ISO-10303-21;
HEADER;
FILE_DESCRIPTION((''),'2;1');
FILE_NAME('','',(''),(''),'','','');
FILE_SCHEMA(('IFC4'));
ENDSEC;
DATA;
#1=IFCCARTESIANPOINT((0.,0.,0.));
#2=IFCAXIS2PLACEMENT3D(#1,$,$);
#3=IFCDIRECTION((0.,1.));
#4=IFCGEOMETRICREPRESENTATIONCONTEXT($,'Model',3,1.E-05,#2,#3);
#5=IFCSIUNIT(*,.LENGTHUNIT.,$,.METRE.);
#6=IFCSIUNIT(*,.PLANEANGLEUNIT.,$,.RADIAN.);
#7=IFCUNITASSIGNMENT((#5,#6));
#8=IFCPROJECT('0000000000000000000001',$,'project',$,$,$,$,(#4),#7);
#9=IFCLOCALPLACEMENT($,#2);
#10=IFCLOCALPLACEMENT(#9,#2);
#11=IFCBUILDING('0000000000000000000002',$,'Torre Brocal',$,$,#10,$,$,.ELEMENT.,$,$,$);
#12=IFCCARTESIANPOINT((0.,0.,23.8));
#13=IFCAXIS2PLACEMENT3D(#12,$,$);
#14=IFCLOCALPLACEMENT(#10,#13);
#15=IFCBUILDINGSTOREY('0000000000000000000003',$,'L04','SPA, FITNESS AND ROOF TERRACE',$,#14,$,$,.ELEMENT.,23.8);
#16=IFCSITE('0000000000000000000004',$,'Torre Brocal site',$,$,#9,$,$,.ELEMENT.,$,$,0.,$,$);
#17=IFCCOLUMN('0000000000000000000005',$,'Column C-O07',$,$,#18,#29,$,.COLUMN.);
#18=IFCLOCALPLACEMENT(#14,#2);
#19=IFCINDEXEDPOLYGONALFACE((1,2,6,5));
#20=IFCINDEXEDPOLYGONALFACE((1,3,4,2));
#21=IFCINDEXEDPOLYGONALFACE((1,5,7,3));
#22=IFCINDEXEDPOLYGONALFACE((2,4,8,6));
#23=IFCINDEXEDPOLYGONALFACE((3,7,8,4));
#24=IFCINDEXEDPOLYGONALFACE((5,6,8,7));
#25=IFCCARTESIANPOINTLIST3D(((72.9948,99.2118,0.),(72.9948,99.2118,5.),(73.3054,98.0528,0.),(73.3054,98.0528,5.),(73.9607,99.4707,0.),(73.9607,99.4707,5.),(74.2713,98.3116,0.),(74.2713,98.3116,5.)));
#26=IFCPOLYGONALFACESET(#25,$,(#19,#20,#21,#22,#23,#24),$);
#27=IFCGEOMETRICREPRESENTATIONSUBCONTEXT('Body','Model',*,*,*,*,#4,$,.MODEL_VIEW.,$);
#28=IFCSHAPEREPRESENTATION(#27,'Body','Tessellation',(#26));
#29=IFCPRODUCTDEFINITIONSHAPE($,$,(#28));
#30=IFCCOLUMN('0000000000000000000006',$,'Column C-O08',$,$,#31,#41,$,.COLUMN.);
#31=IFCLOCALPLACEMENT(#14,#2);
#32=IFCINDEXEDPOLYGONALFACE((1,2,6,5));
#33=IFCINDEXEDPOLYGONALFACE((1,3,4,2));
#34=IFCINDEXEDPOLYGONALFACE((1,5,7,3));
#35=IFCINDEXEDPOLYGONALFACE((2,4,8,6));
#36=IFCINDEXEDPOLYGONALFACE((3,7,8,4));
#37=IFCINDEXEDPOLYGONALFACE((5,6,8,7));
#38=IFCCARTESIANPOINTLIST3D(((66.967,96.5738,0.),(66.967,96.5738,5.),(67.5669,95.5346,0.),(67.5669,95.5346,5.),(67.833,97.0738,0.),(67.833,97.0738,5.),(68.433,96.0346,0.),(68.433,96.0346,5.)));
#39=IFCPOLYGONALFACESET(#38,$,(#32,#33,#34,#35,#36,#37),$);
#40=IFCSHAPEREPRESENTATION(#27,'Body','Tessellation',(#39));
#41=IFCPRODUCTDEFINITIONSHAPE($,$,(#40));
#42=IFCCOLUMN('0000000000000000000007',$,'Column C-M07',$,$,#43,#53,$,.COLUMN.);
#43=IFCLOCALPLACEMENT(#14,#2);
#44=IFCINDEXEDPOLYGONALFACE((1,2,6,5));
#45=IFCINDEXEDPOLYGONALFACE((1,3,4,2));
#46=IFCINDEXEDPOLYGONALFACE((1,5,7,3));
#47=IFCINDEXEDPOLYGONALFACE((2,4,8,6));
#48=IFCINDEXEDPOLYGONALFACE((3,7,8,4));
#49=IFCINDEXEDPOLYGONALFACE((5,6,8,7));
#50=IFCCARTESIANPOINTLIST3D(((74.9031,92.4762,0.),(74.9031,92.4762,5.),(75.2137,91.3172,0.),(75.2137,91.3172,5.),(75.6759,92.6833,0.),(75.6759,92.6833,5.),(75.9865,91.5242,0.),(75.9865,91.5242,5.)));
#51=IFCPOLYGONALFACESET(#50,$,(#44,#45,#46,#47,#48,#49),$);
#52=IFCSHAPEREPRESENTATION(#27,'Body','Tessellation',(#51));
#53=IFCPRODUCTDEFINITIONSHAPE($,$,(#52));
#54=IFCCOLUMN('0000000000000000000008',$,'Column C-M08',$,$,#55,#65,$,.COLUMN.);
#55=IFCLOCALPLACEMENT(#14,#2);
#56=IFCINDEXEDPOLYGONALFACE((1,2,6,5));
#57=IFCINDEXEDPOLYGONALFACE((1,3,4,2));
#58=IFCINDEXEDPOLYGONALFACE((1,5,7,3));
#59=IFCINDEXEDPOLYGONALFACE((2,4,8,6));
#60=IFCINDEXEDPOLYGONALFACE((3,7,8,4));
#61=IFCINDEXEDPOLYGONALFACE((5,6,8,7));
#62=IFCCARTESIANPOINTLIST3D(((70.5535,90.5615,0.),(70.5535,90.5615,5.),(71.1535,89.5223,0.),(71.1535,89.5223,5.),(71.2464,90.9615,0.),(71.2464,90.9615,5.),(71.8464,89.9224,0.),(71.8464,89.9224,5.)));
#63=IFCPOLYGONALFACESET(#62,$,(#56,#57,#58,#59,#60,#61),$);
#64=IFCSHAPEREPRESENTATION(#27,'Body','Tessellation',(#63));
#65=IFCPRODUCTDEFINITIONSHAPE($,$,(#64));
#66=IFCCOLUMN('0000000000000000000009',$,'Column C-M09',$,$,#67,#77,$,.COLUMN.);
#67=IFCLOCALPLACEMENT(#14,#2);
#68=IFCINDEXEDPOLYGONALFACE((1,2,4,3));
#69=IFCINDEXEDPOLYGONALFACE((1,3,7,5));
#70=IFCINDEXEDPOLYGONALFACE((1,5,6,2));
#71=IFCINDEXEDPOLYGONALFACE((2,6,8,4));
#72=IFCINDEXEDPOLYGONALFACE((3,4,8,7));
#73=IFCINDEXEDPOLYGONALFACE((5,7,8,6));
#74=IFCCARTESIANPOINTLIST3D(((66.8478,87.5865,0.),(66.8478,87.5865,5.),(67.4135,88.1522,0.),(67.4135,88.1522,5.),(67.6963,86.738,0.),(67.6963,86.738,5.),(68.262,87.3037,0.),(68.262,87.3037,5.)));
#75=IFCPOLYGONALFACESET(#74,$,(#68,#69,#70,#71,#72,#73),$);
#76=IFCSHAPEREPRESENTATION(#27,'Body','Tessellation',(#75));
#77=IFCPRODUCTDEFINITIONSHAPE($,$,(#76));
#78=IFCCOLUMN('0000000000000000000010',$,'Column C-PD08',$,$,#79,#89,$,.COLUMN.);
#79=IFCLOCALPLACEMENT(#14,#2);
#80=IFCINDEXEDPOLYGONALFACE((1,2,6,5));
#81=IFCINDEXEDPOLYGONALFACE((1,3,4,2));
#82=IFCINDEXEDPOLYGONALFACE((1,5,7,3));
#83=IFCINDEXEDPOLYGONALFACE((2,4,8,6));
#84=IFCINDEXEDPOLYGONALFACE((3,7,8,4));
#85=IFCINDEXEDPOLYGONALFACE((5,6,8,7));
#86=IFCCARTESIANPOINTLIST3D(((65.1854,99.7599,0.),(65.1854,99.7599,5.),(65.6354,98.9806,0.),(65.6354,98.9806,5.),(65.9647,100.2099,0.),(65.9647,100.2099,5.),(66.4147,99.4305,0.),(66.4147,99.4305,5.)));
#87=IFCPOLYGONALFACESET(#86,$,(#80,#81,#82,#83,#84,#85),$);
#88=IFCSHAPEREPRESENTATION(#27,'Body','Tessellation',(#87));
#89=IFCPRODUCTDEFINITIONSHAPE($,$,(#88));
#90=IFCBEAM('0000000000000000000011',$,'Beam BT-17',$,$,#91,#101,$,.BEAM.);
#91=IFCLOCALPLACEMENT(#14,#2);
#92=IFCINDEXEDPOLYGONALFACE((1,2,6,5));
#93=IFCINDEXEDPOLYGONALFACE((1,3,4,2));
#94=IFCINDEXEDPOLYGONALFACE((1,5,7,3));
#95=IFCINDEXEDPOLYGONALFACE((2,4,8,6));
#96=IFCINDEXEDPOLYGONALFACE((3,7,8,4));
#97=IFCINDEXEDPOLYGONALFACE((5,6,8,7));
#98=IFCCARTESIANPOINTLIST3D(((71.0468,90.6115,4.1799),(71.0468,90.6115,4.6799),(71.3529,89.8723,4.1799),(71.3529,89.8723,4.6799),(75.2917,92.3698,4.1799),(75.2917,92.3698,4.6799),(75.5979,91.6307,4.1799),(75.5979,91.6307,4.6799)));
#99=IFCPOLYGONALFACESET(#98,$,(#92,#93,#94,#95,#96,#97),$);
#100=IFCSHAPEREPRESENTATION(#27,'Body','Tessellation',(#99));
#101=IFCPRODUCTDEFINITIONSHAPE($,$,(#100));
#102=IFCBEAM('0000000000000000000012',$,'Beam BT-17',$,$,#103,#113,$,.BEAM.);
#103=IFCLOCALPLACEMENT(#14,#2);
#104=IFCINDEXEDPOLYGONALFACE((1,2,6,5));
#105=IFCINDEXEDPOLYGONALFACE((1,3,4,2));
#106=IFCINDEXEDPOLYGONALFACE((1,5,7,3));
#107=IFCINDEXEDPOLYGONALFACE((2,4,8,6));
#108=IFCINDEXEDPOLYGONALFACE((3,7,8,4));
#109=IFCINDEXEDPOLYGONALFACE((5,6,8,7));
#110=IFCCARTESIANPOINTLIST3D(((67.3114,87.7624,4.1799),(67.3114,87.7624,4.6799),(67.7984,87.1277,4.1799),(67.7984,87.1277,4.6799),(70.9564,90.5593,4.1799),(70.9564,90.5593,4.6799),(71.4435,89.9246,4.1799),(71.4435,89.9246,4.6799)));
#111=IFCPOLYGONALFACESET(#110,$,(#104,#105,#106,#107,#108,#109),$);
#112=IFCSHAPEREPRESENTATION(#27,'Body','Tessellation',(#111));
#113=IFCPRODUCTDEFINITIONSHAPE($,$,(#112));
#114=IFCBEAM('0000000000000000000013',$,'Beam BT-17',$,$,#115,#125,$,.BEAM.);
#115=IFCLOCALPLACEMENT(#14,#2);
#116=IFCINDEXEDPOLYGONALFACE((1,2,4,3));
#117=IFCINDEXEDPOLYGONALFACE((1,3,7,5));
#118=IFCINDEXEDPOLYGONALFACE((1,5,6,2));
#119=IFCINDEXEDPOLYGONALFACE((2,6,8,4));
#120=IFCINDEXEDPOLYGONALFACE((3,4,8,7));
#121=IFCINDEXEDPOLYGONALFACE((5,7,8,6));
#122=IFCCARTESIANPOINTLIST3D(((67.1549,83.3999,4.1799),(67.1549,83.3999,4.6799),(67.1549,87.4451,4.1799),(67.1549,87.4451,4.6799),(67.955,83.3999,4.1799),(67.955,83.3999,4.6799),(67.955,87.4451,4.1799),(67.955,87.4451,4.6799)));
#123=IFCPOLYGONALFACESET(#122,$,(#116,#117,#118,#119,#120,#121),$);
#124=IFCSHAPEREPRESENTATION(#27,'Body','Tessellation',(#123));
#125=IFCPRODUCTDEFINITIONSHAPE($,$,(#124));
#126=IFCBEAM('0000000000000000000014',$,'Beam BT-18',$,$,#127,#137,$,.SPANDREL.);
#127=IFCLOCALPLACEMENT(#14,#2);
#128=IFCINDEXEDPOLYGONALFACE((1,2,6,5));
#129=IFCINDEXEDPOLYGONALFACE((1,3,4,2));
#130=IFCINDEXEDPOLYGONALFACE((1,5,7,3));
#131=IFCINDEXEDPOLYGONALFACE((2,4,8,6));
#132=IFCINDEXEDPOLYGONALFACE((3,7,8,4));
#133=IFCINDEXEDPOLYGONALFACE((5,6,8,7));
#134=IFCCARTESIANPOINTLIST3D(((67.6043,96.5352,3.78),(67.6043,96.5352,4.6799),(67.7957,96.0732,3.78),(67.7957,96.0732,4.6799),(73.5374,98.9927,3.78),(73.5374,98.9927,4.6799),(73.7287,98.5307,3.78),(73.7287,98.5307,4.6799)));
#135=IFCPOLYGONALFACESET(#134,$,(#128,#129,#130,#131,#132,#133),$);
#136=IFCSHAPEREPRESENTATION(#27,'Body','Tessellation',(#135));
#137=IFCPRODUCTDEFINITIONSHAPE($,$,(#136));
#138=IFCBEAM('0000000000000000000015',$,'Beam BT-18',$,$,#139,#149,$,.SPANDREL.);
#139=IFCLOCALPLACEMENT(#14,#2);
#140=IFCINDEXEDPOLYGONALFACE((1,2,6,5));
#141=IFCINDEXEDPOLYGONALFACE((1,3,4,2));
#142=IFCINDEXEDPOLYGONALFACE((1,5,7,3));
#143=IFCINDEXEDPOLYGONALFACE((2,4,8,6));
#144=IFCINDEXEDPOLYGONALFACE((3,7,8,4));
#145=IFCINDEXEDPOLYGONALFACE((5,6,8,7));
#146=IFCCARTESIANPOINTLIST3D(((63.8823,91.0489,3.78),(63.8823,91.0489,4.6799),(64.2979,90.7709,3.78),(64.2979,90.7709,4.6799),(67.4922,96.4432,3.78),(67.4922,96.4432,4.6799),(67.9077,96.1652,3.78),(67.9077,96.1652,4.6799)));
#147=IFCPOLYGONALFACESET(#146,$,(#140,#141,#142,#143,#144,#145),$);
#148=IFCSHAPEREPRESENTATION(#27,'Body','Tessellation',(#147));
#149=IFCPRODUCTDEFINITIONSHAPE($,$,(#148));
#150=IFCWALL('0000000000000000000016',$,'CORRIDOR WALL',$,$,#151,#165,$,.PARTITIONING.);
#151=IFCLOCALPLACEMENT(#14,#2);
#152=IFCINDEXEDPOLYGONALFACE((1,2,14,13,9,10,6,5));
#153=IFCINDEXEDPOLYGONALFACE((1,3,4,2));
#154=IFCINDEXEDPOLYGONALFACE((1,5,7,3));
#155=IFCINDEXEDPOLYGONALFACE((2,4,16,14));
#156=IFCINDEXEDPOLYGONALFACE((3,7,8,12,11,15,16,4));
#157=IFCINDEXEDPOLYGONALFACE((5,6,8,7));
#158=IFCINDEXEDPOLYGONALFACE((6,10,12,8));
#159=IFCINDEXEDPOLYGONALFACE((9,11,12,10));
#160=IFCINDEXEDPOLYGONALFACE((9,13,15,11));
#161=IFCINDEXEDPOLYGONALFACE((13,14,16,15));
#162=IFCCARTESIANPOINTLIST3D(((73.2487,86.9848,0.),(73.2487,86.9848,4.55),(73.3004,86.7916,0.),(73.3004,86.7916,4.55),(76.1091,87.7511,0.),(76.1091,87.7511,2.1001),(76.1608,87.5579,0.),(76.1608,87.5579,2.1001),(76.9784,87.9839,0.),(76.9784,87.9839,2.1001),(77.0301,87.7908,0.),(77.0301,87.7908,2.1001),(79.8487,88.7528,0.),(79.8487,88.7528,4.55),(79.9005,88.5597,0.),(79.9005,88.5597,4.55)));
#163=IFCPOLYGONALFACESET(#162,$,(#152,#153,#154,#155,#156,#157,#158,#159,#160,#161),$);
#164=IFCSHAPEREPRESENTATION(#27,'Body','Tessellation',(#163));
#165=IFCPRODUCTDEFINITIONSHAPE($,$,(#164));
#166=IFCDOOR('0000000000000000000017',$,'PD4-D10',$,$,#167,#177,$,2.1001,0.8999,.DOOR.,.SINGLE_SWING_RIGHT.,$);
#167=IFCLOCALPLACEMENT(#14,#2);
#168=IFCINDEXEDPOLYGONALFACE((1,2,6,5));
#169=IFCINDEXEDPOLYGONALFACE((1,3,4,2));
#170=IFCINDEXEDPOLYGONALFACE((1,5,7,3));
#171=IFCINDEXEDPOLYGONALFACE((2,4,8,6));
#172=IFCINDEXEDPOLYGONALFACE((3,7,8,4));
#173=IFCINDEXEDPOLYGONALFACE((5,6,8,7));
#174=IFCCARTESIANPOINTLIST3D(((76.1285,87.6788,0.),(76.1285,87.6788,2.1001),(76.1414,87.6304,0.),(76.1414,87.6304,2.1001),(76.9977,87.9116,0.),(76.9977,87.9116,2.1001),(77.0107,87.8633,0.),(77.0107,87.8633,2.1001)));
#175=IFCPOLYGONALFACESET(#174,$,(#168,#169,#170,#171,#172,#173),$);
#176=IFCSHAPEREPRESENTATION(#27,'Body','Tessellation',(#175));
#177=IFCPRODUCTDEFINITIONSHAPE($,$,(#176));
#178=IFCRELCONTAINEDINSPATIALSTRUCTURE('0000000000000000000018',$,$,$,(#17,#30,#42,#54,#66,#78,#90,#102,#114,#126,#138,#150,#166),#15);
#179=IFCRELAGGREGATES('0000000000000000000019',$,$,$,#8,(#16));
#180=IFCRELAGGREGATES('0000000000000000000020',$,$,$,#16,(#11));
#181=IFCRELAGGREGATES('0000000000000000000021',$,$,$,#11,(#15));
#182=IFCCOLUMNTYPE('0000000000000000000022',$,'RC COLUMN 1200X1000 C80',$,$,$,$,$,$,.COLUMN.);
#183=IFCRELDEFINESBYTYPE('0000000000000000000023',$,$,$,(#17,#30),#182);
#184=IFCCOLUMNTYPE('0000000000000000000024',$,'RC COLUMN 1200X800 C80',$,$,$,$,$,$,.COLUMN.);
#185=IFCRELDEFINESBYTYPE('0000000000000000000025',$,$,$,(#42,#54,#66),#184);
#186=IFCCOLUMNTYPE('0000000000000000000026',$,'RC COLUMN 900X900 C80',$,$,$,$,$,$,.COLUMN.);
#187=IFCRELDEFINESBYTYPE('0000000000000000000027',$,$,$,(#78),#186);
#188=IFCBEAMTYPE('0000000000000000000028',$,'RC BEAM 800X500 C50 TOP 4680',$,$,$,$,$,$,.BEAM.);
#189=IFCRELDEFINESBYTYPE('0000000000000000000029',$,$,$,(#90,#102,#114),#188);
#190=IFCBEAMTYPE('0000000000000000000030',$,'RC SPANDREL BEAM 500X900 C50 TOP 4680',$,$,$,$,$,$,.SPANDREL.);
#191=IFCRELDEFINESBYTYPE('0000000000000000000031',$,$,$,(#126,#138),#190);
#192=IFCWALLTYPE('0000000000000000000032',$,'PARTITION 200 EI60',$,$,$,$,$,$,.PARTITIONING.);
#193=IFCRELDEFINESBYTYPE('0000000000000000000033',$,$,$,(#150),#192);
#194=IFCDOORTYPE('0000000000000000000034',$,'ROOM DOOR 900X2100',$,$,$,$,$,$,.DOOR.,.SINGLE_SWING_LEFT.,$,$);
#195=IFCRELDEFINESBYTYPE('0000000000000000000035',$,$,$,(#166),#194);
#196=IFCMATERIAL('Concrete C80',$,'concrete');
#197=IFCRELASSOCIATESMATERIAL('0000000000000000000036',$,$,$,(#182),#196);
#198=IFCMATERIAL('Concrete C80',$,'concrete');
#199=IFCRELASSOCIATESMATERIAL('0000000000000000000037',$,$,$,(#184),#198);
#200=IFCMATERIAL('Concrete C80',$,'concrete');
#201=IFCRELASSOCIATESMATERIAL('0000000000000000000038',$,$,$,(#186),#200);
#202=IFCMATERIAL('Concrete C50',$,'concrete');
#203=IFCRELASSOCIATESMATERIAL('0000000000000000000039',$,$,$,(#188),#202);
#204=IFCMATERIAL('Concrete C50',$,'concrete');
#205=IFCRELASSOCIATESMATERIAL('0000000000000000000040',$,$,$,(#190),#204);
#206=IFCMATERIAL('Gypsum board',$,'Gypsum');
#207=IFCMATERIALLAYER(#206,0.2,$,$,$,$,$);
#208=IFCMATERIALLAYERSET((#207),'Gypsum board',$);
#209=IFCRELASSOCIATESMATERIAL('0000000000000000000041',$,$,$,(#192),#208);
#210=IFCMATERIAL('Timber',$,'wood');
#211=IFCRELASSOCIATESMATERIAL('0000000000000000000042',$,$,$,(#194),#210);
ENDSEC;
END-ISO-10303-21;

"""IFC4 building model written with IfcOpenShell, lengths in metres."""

from ifc_helpers import new_model, si_unit, direction, frame, frame_2d, origin, origin_2d, place, context, subcontext, project, spatial, rectangle, extrude, material, layer, layer_set, material_profile, profile_set, type_object, element, fill, save


model = new_model("IFC4")

# Units and contexts
model_context = context("Model", 3, precision=1e-05, world=origin(), true_north=direction((0.0, 1.0)))
body_context = subcontext(model_context, "Body", "Model", "MODEL_VIEW")
ifc_project = project(units=[si_unit("LENGTHUNIT", "METRE"), si_unit("PLANEANGLEUNIT", "RADIAN")], contexts=[model_context])

# Site, building, storey
site_placement = place(None, origin())
site = spatial("IfcSite", under=ifc_project, at=site_placement, Name="Torre Brocal site", CompositionType="ELEMENT", RefElevation=0.0)
building_placement = place(site_placement, origin())
building = spatial("IfcBuilding", under=site, at=building_placement, Name="Torre Brocal", CompositionType="ELEMENT")
storey_placement = place(building_placement, frame((0.0, 0.0, 23.8)))
storey = spatial("IfcBuildingStorey", under=building, at=storey_placement, Name="L04", Description="SPA, FITNESS AND ROOF TERRACE", CompositionType="ELEMENT", Elevation=23.8)

# Columns
ifc_material_1 = material(Name="Concrete C80", Category="concrete")
ifc_material_profile_1 = material_profile(ifc_material_1, rectangle(XDim=1.2, YDim=1.0, at=origin_2d()), Name="RC 1200X1000")
ifc_profile_set_1 = profile_set([ifc_material_profile_1], Name="Concrete C80")
column_type_1 = type_object("IfcColumnType", Name="RC COLUMN 1200X1000 C80", PredefinedType="COLUMN", material=ifc_profile_set_1)
for number, where, z_axis, x_axis, name in (
    (1, (73.6331, 98.7617, 0.0), (0.0, 0.0, 1.0), (-0.258819, 0.965926, 0.0), "Column C-O07"),
    (2, (67.7, 96.3042, 0.0), (0.0, 0.0, 1.0), (-0.5, 0.866025, 0.0), "Column C-O08"),
):
    element("IfcColumn", number, at=place(storey_placement, frame(where, z_axis=z_axis, x_axis=x_axis)), inside=storey, type_object=column_type_1, Name=name, PredefinedType="COLUMN", context=body_context, shape_type="SweptSolid", body=[
        extrude(rectangle(XDim=1.2, YDim=1.0, at=origin_2d()), origin(), (0.0, 0.0, 1.0), 5.0),
    ])
ifc_material_2 = material(Name="Concrete C80", Category="concrete")
ifc_material_profile_2 = material_profile(ifc_material_2, rectangle(XDim=1.2, YDim=0.8, at=origin_2d()), Name="RC 1200X800")
ifc_profile_set_2 = profile_set([ifc_material_profile_2], Name="Concrete C80")
column_type_2 = type_object("IfcColumnType", Name="RC COLUMN 1200X800 C80", PredefinedType="COLUMN", material=ifc_profile_set_2)
for number, where, z_axis, x_axis, name in (
    (3, (75.4448, 92.0002, 0.0), (0.0, 0.0, 1.0), (-0.258819, 0.965926, 0.0), "Column C-M07"),
    (4, (71.2, 90.2419, 0.0), (0.0, 0.0, 1.0), (-0.5, 0.866025, 0.0), "Column C-M08"),
    (5, (67.5549, 87.4451, 0.0), (0.0, 0.0, 1.0), (-0.707107, 0.707107, 0.0), "Column C-M09"),
):
    element("IfcColumn", number, at=place(storey_placement, frame(where, z_axis=z_axis, x_axis=x_axis)), inside=storey, type_object=column_type_2, Name=name, PredefinedType="COLUMN", context=body_context, shape_type="SweptSolid", body=[
        extrude(rectangle(XDim=1.2, YDim=0.8, at=origin_2d()), origin(), (0.0, 0.0, 1.0), 5.0),
    ])
ifc_material_3 = material(Name="Concrete C80", Category="concrete")
ifc_material_profile_3 = material_profile(ifc_material_3, rectangle(XDim=0.8999, YDim=0.8999, at=origin_2d()), Name="RC 900X900")
ifc_profile_set_3 = profile_set([ifc_material_profile_3], Name="Concrete C80")
column_type_3 = type_object("IfcColumnType", Name="RC COLUMN 900X900 C80", PredefinedType="COLUMN", material=ifc_profile_set_3)
column_placement = place(storey_placement, frame((65.8, 99.5952, 0.0), z_axis=(0.0, 0.0, 1.0), x_axis=(-0.5, 0.866025, 0.0)))
element("IfcColumn", 6, at=column_placement, inside=storey, type_object=column_type_3, Name="Column C-PD08", PredefinedType="COLUMN", context=body_context, shape_type="SweptSolid", body=[
    extrude(rectangle(XDim=0.8999, YDim=0.8999, at=origin_2d()), origin(), (0.0, 0.0, 1.0), 5.0),
])

# Beams
ifc_material_4 = material(Name="Concrete C50", Category="concrete")
ifc_material_profile_4 = material_profile(ifc_material_4, rectangle(XDim=0.8, YDim=0.5, at=origin_2d()), Name="RC 800X500")
ifc_profile_set_4 = profile_set([ifc_material_profile_4], Name="Concrete C50")
beam_type_1 = type_object("IfcBeamType", Name="RC BEAM 800X500 C50 TOP 4680", PredefinedType="BEAM", material=ifc_profile_set_4)
beam_1_placement = place(storey_placement, frame((75.4448, 92.0002, 4.4299), z_axis=(-0.923878, -0.382687, 0.0), x_axis=(0.382687, -0.923878, 0.0)))
element("IfcBeam", 7, at=beam_1_placement, inside=storey, type_object=beam_type_1, Name="Beam BT-17", PredefinedType="BEAM", context=body_context, shape_type="SweptSolid", body=[
    extrude(rectangle(XDim=0.8, YDim=0.5, at=origin_2d()), origin(), (0.0, 0.0, 1.0), 4.5947),
])
beam_2_placement = place(storey_placement, frame((71.2, 90.2419, 4.4299), z_axis=(-0.793358, -0.608755, 0.0), x_axis=(0.608755, -0.793358, 0.0)))
element("IfcBeam", 8, at=beam_2_placement, inside=storey, type_object=beam_type_1, Name="Beam BT-17", PredefinedType="BEAM", context=body_context, shape_type="SweptSolid", body=[
    extrude(rectangle(XDim=0.8, YDim=0.5, at=origin_2d()), origin(), (0.0, 0.0, 1.0), 4.5945),
])
beam_3_placement = place(storey_placement, frame((67.5549, 87.4451, 4.4299), z_axis=(0.0, -1.0, 0.0), x_axis=(1.0, 0.0, 0.0)))
element("IfcBeam", 9, at=beam_3_placement, inside=storey, type_object=beam_type_1, Name="Beam BT-17", PredefinedType="BEAM", context=body_context, shape_type="SweptSolid", body=[
    extrude(rectangle(XDim=0.8, YDim=0.5, at=origin_2d()), origin(), (0.0, 0.0, 1.0), 4.0452),
])
ifc_material_5 = material(Name="Concrete C50", Category="concrete")
ifc_material_profile_5 = material_profile(ifc_material_5, rectangle(XDim=0.5, YDim=0.8999, at=origin_2d()), Name="RC 500X900")
ifc_profile_set_5 = profile_set([ifc_material_profile_5], Name="Concrete C50")
beam_type_2 = type_object("IfcBeamType", Name="RC SPANDREL BEAM 500X900 C50 TOP 4680", PredefinedType="SPANDREL", material=ifc_profile_set_5)
beam_4_placement = place(storey_placement, frame((73.6331, 98.7617, 4.23), z_axis=(-0.923882, -0.382676, 0.0), x_axis=(0.382676, -0.923882, 0.0)))
element("IfcBeam", 10, at=beam_4_placement, inside=storey, type_object=beam_type_2, Name="Beam BT-18", PredefinedType="SPANDREL", context=body_context, shape_type="SweptSolid", body=[
    extrude(rectangle(XDim=0.5, YDim=0.8999, at=origin_2d()), origin(), (0.0, 0.0, 1.0), 6.4219),
])
beam_5_placement = place(storey_placement, frame((67.7, 96.3042, 4.23), z_axis=(-0.556158, -0.831077, 0.0), x_axis=(0.831077, -0.556158, 0.0)))
element("IfcBeam", 11, at=beam_5_placement, inside=storey, type_object=beam_type_2, Name="Beam BT-18", PredefinedType="SPANDREL", context=body_context, shape_type="SweptSolid", body=[
    extrude(rectangle(XDim=0.5, YDim=0.8999, at=origin_2d()), origin(), (0.0, 0.0, 1.0), 6.4907),
])

# Wall, opening, door
ifc_material_6 = material(Name="Gypsum board", Category="Gypsum")
ifc_layer_1 = layer(ifc_material_6, 0.2)
ifc_layer_set_1 = layer_set([ifc_layer_1], Name="Gypsum board")
wall_type_1 = type_object("IfcWallType", Name="PARTITION 200 EI60", PredefinedType="PARTITIONING", material=ifc_layer_set_1)
wall_1_placement = place(storey_placement, frame((73.2744, 86.8882, 0.0), z_axis=(0.0, 0.0, 1.0), x_axis=(0.965941, 0.258761, 0.0)))
wall_1 = element("IfcWall", 12, at=wall_1_placement, inside=storey, type_object=wall_type_1, Name="CORRIDOR WALL", PredefinedType="PARTITIONING", context=body_context, shape_type="SweptSolid", body=[
    extrude(rectangle(XDim=6.8328, YDim=0.2, at=frame_2d((3.4165, 0.0))), origin(), (0.0, 0.0, 1.0), 4.55),
])
opening_1_placement = place(wall_1_placement, frame((2.9614, 0.0, 0.0)))
opening_1 = element("IfcOpeningElement", 13, at=opening_1_placement, cuts=wall_1, PredefinedType="OPENING", context=body_context, shape_type="SweptSolid", body=[
    extrude(rectangle(XDim=0.8999, YDim=2.1001, at=frame_2d((0.45, 1.05))), frame((0.0, 0.1099, 0.0), z_axis=(0.0, -1.0, 0.0), x_axis=(1.0, 0.0, 0.0)), (0.0, 0.0, 1.0), 0.22),
])
ifc_material_7 = material(Name="Timber", Category="wood")
door_type = type_object("IfcDoorType", Name="ROOM DOOR 900X2100", OperationType="SINGLE_SWING_LEFT", PredefinedType="DOOR", material=ifc_material_7)
door_1_placement = place(opening_1_placement, frame((0.8999, 0.0, 0.0), z_axis=(0.0, 0.0, 1.0), x_axis=(-1.0, 0.0, 0.0)))
door_1 = element("IfcDoor", 14, at=door_1_placement, inside=storey, type_object=door_type, Name="PD4-D10", OperationType="SINGLE_SWING_RIGHT", OverallHeight=2.1001, OverallWidth=0.8999, PredefinedType="DOOR", context=body_context, shape_type="SweptSolid", body=[
    extrude(rectangle(XDim=0.8999, YDim=2.1001, at=frame_2d((0.45, 1.05))), frame((0.0, 0.0249, 0.0), z_axis=(0.0, -1.0, 0.0), x_axis=(1.0, 0.0, 0.0)), (0.0, 0.0, 1.0), 0.05),
])
fill(opening_1, door_1)

save(model, "model.ifc")
